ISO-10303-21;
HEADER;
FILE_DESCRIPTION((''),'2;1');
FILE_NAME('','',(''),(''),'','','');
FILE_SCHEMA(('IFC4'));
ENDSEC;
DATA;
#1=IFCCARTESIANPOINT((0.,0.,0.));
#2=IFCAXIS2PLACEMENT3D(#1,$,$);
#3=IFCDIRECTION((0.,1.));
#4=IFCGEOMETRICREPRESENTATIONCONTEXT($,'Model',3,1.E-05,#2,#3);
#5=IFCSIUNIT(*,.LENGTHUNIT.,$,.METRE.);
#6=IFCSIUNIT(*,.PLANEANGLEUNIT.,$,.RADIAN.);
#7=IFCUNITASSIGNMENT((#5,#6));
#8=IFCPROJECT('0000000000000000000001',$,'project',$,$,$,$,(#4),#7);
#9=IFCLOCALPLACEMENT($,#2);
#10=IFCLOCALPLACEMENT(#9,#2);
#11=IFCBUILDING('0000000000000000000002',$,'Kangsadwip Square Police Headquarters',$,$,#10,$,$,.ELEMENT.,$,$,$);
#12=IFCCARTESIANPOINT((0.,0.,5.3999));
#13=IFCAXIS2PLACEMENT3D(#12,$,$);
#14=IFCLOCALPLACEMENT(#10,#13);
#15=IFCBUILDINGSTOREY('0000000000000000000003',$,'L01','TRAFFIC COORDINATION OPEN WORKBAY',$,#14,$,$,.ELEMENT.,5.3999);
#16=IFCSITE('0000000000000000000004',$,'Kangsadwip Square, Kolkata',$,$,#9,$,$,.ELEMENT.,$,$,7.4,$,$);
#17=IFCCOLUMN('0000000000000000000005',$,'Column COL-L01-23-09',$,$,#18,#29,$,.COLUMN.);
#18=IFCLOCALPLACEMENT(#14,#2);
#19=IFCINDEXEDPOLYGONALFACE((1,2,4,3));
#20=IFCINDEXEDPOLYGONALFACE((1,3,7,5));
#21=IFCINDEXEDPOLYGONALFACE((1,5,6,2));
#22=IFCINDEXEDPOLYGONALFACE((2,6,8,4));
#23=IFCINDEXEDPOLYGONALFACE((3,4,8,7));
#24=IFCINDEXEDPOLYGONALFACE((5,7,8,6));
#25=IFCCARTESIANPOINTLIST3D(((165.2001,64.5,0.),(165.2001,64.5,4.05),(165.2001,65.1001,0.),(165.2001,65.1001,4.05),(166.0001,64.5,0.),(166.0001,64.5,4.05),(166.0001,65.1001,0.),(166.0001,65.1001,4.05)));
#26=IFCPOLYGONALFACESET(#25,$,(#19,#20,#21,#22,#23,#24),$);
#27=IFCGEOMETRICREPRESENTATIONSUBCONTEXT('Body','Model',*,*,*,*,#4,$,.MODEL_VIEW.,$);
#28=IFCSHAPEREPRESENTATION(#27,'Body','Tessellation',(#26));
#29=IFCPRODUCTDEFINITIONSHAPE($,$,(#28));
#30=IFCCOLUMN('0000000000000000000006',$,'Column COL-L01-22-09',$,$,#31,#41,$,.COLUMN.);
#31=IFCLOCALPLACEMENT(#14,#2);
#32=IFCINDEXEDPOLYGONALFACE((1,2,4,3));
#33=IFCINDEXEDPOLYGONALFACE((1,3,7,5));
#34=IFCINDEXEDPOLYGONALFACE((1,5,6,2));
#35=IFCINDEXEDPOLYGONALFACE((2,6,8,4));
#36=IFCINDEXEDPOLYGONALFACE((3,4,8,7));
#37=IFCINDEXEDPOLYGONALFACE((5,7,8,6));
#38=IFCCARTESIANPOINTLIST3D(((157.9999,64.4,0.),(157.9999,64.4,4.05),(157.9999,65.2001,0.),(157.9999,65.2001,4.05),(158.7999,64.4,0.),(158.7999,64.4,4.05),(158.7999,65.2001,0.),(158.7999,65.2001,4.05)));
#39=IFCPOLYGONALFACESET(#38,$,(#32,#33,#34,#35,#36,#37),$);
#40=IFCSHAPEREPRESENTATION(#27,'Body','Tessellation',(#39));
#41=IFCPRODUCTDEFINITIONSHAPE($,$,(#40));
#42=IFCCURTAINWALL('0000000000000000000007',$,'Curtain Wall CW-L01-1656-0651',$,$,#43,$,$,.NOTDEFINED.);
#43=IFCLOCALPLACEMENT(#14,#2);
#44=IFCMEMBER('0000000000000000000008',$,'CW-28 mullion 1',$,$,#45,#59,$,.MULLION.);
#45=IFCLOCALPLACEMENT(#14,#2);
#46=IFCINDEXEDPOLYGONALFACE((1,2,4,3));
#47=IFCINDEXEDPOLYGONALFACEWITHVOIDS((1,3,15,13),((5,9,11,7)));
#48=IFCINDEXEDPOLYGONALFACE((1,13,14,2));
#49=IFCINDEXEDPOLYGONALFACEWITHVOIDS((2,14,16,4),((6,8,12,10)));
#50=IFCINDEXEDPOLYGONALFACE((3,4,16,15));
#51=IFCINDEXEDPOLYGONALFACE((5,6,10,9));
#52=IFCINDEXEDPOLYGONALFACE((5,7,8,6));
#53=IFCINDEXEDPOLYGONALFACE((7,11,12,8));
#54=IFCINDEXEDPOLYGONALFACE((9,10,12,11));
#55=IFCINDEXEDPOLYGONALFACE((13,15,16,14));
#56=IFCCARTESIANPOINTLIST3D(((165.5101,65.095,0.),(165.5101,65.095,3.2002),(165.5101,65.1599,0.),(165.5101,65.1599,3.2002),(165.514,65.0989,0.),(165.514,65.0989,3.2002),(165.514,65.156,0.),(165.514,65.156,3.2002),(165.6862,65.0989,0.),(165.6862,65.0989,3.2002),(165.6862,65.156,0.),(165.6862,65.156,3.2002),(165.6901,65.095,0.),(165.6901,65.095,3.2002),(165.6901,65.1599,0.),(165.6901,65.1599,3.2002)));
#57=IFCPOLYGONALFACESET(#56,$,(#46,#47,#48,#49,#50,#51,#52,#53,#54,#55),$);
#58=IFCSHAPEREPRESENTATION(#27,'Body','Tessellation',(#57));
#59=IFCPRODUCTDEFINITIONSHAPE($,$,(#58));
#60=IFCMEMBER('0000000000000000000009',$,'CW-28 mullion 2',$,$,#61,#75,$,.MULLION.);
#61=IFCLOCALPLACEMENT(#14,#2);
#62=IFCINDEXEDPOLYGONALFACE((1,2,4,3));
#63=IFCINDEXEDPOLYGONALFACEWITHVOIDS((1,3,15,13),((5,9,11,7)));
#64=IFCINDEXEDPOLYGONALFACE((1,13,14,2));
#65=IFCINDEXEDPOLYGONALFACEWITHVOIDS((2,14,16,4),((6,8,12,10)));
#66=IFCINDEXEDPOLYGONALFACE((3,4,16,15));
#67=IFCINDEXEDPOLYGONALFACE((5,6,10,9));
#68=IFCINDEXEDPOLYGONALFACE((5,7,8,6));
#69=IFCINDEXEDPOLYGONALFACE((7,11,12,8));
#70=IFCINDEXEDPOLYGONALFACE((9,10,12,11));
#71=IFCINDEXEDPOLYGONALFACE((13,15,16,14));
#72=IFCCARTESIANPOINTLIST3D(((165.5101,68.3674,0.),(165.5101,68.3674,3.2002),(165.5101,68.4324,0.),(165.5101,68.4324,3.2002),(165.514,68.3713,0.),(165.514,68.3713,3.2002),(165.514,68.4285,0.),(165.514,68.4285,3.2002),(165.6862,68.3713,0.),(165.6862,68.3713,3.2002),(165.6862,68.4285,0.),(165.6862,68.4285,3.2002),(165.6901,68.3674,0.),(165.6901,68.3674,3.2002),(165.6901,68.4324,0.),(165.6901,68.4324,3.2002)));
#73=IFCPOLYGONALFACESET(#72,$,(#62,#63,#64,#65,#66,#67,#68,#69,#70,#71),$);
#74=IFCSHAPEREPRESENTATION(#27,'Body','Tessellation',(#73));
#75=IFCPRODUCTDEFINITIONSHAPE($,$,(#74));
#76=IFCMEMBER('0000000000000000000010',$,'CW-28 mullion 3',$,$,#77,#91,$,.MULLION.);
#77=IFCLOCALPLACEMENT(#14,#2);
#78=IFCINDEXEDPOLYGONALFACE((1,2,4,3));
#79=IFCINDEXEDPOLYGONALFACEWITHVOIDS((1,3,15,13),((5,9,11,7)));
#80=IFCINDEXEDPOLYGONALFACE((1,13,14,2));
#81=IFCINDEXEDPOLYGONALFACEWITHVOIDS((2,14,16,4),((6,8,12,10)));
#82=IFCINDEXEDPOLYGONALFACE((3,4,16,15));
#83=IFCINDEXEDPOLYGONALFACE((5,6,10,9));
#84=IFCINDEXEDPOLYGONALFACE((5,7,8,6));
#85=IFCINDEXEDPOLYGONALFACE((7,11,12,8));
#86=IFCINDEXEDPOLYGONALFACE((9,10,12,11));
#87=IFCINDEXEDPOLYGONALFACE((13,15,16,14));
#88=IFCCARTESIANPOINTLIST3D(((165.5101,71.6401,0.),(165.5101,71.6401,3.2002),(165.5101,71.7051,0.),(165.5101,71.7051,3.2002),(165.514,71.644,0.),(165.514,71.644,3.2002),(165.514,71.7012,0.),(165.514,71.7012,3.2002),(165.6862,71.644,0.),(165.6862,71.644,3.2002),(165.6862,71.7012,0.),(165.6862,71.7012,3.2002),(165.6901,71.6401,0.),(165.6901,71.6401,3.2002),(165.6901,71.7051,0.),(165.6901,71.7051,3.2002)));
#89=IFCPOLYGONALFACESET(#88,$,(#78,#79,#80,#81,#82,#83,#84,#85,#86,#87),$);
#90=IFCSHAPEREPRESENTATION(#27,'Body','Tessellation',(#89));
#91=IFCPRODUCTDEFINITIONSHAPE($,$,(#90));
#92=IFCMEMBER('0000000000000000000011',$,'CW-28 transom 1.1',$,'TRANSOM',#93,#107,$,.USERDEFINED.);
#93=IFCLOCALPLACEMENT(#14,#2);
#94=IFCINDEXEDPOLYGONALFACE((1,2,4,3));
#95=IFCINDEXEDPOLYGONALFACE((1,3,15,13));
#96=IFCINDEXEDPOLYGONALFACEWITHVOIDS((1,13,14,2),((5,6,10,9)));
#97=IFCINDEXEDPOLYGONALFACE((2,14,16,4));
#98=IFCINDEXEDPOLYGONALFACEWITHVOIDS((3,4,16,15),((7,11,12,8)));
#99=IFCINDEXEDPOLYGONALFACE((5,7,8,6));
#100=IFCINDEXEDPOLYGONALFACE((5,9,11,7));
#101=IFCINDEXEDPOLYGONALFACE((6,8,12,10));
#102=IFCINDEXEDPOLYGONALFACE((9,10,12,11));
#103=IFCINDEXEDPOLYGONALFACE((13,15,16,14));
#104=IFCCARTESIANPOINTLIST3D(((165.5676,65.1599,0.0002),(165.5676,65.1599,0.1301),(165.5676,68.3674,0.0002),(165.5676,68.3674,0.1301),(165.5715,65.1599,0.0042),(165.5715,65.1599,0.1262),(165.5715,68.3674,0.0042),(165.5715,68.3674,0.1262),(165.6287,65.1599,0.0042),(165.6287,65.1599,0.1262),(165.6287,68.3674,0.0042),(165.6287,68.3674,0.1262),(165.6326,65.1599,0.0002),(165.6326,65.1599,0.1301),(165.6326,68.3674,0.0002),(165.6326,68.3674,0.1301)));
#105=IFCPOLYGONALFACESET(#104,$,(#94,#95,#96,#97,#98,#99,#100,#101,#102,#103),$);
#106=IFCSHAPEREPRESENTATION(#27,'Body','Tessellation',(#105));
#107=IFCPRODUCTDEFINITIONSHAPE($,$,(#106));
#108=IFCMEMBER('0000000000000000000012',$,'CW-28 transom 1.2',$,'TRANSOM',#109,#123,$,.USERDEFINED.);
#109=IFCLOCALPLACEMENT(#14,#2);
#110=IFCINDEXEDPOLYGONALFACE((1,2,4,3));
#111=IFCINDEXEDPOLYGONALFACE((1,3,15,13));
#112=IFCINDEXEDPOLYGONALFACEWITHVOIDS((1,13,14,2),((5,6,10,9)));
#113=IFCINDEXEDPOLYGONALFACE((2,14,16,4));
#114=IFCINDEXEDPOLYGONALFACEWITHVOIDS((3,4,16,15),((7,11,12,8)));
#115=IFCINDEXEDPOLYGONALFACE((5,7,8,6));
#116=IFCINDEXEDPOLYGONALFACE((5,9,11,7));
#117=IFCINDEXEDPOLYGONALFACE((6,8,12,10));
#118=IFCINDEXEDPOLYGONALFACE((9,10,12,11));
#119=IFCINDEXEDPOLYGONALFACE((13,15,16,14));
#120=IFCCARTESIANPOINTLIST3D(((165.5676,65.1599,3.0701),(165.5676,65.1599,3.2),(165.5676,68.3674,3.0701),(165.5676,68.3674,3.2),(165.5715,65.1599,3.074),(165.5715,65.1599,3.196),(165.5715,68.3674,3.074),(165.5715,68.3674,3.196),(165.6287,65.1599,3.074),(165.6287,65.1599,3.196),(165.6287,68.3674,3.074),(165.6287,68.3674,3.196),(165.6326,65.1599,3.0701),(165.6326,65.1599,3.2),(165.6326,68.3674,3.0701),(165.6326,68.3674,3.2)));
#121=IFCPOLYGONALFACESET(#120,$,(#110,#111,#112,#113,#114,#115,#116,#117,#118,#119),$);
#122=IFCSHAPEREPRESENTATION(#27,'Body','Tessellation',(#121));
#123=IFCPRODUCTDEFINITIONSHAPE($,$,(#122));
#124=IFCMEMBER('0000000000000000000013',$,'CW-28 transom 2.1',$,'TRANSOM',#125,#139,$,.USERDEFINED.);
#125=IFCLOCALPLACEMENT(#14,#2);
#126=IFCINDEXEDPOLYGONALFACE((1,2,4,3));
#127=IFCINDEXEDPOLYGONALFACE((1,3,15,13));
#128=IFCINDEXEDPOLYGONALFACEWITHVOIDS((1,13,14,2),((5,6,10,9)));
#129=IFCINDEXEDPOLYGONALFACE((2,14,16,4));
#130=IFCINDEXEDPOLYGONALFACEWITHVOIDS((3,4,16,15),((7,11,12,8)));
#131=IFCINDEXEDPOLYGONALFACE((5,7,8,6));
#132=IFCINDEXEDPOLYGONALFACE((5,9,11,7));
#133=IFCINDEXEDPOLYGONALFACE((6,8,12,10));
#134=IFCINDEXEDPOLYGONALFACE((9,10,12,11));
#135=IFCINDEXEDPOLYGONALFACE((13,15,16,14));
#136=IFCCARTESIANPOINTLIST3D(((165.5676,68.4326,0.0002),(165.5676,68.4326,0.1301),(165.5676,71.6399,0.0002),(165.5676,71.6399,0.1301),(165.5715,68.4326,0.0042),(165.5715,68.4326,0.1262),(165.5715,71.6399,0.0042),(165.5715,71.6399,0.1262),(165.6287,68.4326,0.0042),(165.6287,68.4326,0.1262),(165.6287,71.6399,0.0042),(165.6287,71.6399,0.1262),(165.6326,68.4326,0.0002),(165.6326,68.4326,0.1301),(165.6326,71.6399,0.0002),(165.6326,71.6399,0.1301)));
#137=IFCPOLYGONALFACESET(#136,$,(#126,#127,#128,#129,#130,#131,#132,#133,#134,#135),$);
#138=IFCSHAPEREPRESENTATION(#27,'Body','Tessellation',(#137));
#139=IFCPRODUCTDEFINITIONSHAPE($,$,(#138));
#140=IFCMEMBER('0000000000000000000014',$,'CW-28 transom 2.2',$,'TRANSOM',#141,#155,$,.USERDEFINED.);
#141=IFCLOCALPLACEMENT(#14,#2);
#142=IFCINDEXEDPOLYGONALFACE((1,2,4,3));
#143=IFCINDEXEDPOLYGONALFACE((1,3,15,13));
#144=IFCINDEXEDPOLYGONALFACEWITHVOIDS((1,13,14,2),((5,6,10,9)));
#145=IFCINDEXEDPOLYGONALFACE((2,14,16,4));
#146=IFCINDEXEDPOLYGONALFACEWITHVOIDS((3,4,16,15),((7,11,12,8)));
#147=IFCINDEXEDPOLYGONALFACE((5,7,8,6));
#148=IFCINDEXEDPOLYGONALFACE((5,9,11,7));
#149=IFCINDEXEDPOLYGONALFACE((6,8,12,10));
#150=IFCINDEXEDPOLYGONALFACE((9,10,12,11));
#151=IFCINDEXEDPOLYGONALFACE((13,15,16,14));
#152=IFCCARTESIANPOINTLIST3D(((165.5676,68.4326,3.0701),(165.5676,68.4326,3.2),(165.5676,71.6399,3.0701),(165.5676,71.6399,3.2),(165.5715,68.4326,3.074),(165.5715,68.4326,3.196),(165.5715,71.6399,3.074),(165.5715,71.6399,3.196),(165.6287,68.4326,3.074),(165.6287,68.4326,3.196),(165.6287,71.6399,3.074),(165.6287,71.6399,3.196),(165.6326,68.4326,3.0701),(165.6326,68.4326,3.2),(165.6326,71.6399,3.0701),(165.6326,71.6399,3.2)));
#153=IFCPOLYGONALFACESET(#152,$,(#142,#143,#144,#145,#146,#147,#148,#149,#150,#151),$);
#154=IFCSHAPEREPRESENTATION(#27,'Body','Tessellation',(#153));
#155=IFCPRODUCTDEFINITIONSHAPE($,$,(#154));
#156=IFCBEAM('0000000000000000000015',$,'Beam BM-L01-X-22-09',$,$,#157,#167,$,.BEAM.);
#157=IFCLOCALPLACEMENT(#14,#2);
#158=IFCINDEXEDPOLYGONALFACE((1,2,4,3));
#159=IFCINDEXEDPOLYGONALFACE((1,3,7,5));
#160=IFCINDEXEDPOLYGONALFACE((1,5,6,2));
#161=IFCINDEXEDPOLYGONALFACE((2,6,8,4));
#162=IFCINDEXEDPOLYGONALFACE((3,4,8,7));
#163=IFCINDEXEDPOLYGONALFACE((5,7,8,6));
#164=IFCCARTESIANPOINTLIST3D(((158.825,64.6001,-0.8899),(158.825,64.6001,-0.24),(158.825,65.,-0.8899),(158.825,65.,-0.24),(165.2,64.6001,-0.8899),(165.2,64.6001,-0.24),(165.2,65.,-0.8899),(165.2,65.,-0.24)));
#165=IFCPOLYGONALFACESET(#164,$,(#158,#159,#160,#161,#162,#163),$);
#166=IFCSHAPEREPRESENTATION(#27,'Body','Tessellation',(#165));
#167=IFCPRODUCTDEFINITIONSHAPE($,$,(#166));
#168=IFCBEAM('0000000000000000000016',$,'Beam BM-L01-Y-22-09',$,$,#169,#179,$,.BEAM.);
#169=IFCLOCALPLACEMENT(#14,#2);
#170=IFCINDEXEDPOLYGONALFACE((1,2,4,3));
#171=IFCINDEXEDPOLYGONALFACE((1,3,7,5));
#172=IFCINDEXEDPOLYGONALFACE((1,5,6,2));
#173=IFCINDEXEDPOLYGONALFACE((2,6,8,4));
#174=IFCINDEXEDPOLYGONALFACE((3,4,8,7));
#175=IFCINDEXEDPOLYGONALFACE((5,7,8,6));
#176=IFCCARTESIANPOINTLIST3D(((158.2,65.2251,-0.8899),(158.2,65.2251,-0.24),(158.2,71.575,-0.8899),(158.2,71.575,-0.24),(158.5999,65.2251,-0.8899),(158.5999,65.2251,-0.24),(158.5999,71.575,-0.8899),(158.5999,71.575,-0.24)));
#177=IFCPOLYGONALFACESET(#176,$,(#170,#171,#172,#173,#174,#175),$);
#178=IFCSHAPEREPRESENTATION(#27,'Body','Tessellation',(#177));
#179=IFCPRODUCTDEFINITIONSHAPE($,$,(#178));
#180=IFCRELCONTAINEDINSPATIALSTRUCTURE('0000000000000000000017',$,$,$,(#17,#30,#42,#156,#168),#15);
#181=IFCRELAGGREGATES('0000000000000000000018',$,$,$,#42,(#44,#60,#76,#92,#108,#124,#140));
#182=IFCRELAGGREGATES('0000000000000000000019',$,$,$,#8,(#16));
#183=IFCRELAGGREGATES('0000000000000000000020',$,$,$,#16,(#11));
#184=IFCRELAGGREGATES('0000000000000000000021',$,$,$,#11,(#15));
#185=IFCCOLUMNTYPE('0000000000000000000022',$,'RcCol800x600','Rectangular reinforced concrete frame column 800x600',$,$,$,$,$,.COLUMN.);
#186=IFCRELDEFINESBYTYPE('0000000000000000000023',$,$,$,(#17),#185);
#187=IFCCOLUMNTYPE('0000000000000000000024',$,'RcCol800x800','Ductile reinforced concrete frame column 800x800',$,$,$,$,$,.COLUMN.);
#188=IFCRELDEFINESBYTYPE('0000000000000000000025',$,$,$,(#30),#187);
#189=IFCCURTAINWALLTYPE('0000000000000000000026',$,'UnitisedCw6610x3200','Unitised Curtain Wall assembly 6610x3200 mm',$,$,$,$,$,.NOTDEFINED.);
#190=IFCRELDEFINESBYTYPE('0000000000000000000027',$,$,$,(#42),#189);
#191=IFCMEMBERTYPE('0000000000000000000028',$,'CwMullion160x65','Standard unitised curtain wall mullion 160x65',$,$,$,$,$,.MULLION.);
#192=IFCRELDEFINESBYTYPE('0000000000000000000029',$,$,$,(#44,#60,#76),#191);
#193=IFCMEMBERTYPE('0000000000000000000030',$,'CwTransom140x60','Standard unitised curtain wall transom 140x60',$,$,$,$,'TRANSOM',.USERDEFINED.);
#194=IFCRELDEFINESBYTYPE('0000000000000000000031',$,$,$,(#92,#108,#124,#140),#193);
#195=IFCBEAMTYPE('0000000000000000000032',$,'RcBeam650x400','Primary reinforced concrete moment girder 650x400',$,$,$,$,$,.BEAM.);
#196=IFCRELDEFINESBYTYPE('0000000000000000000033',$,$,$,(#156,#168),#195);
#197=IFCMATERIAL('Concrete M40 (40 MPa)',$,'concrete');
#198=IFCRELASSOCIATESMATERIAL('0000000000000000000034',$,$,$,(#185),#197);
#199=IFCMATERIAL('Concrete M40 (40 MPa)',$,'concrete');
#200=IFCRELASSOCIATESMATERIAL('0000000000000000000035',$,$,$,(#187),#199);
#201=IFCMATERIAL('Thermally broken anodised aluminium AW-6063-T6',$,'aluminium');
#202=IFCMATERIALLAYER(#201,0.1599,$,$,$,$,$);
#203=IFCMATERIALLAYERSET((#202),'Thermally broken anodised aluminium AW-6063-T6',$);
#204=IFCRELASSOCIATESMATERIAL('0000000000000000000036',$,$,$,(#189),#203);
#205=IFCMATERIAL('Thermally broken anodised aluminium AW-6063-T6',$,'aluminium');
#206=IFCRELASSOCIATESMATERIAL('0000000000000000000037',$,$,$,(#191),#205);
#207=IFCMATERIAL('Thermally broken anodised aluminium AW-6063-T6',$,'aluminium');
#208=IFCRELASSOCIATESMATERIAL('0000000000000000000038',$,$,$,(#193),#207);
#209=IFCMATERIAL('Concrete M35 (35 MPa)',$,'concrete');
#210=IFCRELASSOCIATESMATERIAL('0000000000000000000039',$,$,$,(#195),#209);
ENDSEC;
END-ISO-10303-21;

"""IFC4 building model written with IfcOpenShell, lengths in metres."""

from ifc_helpers import new_model, si_unit, direction, frame, origin, origin_2d, place, context, subcontext, project, spatial, rectangle, hollow_rectangle, extrude, material, layer, layer_set, material_profile, profile_set, type_object, element, aggregate, save


model = new_model("IFC4")

# Units and contexts
model_context = context("Model", 3, precision=1e-05, world=origin(), true_north=direction((0.0, 1.0)))
body_context = subcontext(model_context, "Body", "Model", "MODEL_VIEW")
ifc_project = project(units=[si_unit("LENGTHUNIT", "METRE"), si_unit("PLANEANGLEUNIT", "RADIAN")], contexts=[model_context])

# Site, building, storey
site_placement = place(None, origin())
site = spatial("IfcSite", under=ifc_project, at=site_placement, Name="Kangsadwip Square, Kolkata", CompositionType="ELEMENT", RefElevation=7.4)
building_placement = place(site_placement, origin())
building = spatial("IfcBuilding", under=site, at=building_placement, Name="Kangsadwip Square Police Headquarters", CompositionType="ELEMENT")
storey_placement = place(building_placement, frame((0.0, 0.0, 5.3999)))
storey = spatial("IfcBuildingStorey", under=building, at=storey_placement, Name="L01", Description="TRAFFIC COORDINATION OPEN WORKBAY", CompositionType="ELEMENT", Elevation=5.3999)

# Columns
ifc_material_1 = material(Name="Concrete M40 (40 MPa)", Category="concrete")
ifc_material_profile_1 = material_profile(ifc_material_1, rectangle(XDim=0.6001, YDim=0.8, at=origin_2d()), Name="RC COL 800X600")
ifc_profile_set_1 = profile_set([ifc_material_profile_1], Name="Concrete M40 (40 MPa)")
column_type_1 = type_object("IfcColumnType", Name="RcCol800x600", Description="Rectangular reinforced concrete frame column 800x600", PredefinedType="COLUMN", material=ifc_profile_set_1)
column_1_placement = place(storey_placement, frame((165.6001, 64.8, 0.0), z_axis=(0.0, 0.0, 1.0), x_axis=(0.0, 1.0, 0.0)))
element("IfcColumn", 1, at=column_1_placement, inside=storey, type_object=column_type_1, Name="Column COL-L01-23-09", PredefinedType="COLUMN", context=body_context, shape_type="SweptSolid", body=[
    extrude(rectangle(XDim=0.6001, YDim=0.8, at=origin_2d()), origin(), (0.0, 0.0, 1.0), 4.05),
])
ifc_material_2 = material(Name="Concrete M40 (40 MPa)", Category="concrete")
ifc_material_profile_2 = material_profile(ifc_material_2, rectangle(XDim=0.8, YDim=0.8, at=origin_2d()), Name="RC COL 800X800")
ifc_profile_set_2 = profile_set([ifc_material_profile_2], Name="Concrete M40 (40 MPa)")
column_type_2 = type_object("IfcColumnType", Name="RcCol800x800", Description="Ductile reinforced concrete frame column 800x800", PredefinedType="COLUMN", material=ifc_profile_set_2)
column_2_placement = place(storey_placement, frame((158.3999, 64.8, 0.0), z_axis=(0.0, 0.0, 1.0), x_axis=(1.0, 0.0, 0.0)))
element("IfcColumn", 2, at=column_2_placement, inside=storey, type_object=column_type_2, Name="Column COL-L01-22-09", PredefinedType="COLUMN", context=body_context, shape_type="SweptSolid", body=[
    extrude(rectangle(XDim=0.8, YDim=0.8, at=origin_2d()), origin(), (0.0, 0.0, 1.0), 4.05),
])

# Curtain wall, members
ifc_material_3 = material(Name="Thermally broken anodised aluminium AW-6063-T6", Category="aluminium")
ifc_layer_1 = layer(ifc_material_3, 0.1599)
ifc_layer_set_1 = layer_set([ifc_layer_1], Name="Thermally broken anodised aluminium AW-6063-T6")
curtain_wall_type = type_object("IfcCurtainWallType", Name="UnitisedCw6610x3200", Description="Unitised Curtain Wall assembly 6610x3200 mm", PredefinedType="NOTDEFINED", material=ifc_layer_set_1)
curtain_wall_placement = place(storey_placement, origin())
curtain_wall = element("IfcCurtainWall", 3, at=curtain_wall_placement, inside=storey, type_object=curtain_wall_type, Name="Curtain Wall CW-L01-1656-0651", PredefinedType="NOTDEFINED")
ifc_material_4 = material(Name="Thermally broken anodised aluminium AW-6063-T6", Category="aluminium")
ifc_material_profile_3 = material_profile(ifc_material_4, hollow_rectangle(XDim=0.0649, YDim=0.1799, WallThickness=0.0039, at=origin_2d()), Name="CWM 180X65X4")
ifc_profile_set_3 = profile_set([ifc_material_profile_3], Name="Thermally broken anodised aluminium AW-6063-T6")
member_type_1 = type_object("IfcMemberType", Name="CwMullion160x65", Description="Standard unitised curtain wall mullion 160x65", PredefinedType="MULLION", material=ifc_profile_set_3)
member_1_placement = place(storey_placement, frame((165.6001, 65.1274, 0.0), z_axis=(0.0, 0.0, 1.0), x_axis=(0.0, 1.0, 0.0)))
member_1 = element("IfcMember", 4, at=member_1_placement, type_object=member_type_1, Name="CW-28 mullion 1", PredefinedType="MULLION", context=body_context, shape_type="SweptSolid", body=[
    extrude(hollow_rectangle(XDim=0.0649, YDim=0.1799, WallThickness=0.0039, at=origin_2d()), origin(), (0.0, 0.0, 1.0), 3.2002),
])
member_2_placement = place(storey_placement, frame((165.6001, 68.3999, 0.0), z_axis=(0.0, 0.0, 1.0), x_axis=(0.0, 1.0, 0.0)))
member_2 = element("IfcMember", 5, at=member_2_placement, type_object=member_type_1, Name="CW-28 mullion 2", PredefinedType="MULLION", context=body_context, shape_type="SweptSolid", body=[
    extrude(hollow_rectangle(XDim=0.0649, YDim=0.1799, WallThickness=0.0039, at=origin_2d()), origin(), (0.0, 0.0, 1.0), 3.2002),
])
member_3_placement = place(storey_placement, frame((165.6001, 71.6726, 0.0), z_axis=(0.0, 0.0, 1.0), x_axis=(0.0, 1.0, 0.0)))
member_3 = element("IfcMember", 6, at=member_3_placement, type_object=member_type_1, Name="CW-28 mullion 3", PredefinedType="MULLION", context=body_context, shape_type="SweptSolid", body=[
    extrude(hollow_rectangle(XDim=0.0649, YDim=0.1799, WallThickness=0.0039, at=origin_2d()), origin(), (0.0, 0.0, 1.0), 3.2002),
])
ifc_material_5 = material(Name="Thermally broken anodised aluminium AW-6063-T6", Category="aluminium")
ifc_material_profile_4 = material_profile(ifc_material_5, hollow_rectangle(XDim=0.0649, YDim=0.1299, WallThickness=0.0039, at=origin_2d()), Name="CWT 130X65X4")
ifc_profile_set_4 = profile_set([ifc_material_profile_4], Name="Thermally broken anodised aluminium AW-6063-T6")
member_type_2 = type_object("IfcMemberType", Name="CwTransom140x60", Description="Standard unitised curtain wall transom 140x60", ElementType="TRANSOM", PredefinedType="USERDEFINED", material=ifc_profile_set_4)
member_4_placement = place(storey_placement, frame((165.6001, 65.1599, 0.0652), z_axis=(0.0, 1.0, 0.0), x_axis=(-1.0, 0.0, 0.0)))
member_4 = element("IfcMember", 7, at=member_4_placement, type_object=member_type_2, Name="CW-28 transom 1.1", ObjectType="TRANSOM", PredefinedType="USERDEFINED", context=body_context, shape_type="SweptSolid", body=[
    extrude(hollow_rectangle(XDim=0.0649, YDim=0.1299, WallThickness=0.0039, at=origin_2d()), origin(), (0.0, 0.0, 1.0), 3.2075),
])
member_5_placement = place(storey_placement, frame((165.6001, 65.1599, 3.135), z_axis=(0.0, 1.0, 0.0), x_axis=(-1.0, 0.0, 0.0)))
member_5 = element("IfcMember", 8, at=member_5_placement, type_object=member_type_2, Name="CW-28 transom 1.2", ObjectType="TRANSOM", PredefinedType="USERDEFINED", context=body_context, shape_type="SweptSolid", body=[
    extrude(hollow_rectangle(XDim=0.0649, YDim=0.1299, WallThickness=0.0039, at=origin_2d()), origin(), (0.0, 0.0, 1.0), 3.2075),
])
member_6_placement = place(storey_placement, frame((165.6001, 68.4326, 0.0652), z_axis=(0.0, 1.0, 0.0), x_axis=(-1.0, 0.0, 0.0)))
member_6 = element("IfcMember", 9, at=member_6_placement, type_object=member_type_2, Name="CW-28 transom 2.1", ObjectType="TRANSOM", PredefinedType="USERDEFINED", context=body_context, shape_type="SweptSolid", body=[
    extrude(hollow_rectangle(XDim=0.0649, YDim=0.1299, WallThickness=0.0039, at=origin_2d()), origin(), (0.0, 0.0, 1.0), 3.2073),
])
member_7_placement = place(storey_placement, frame((165.6001, 68.4326, 3.135), z_axis=(0.0, 1.0, 0.0), x_axis=(-1.0, 0.0, 0.0)))
member_7 = element("IfcMember", 10, at=member_7_placement, type_object=member_type_2, Name="CW-28 transom 2.2", ObjectType="TRANSOM", PredefinedType="USERDEFINED", context=body_context, shape_type="SweptSolid", body=[
    extrude(hollow_rectangle(XDim=0.0649, YDim=0.1299, WallThickness=0.0039, at=origin_2d()), origin(), (0.0, 0.0, 1.0), 3.2073),
])

# Beams
ifc_material_6 = material(Name="Concrete M35 (35 MPa)", Category="concrete")
ifc_material_profile_5 = material_profile(ifc_material_6, rectangle(XDim=0.3999, YDim=0.6499, at=origin_2d()), Name="RC BM 650X400")
ifc_profile_set_5 = profile_set([ifc_material_profile_5], Name="Concrete M35 (35 MPa)")
beam_type_1 = type_object("IfcBeamType", Name="RcBeam650x400", Description="Primary reinforced concrete moment girder 650x400", PredefinedType="BEAM", material=ifc_profile_set_5)
beam_1_placement = place(storey_placement, frame((158.825, 64.8, -0.5649), z_axis=(1.0, 0.0, 0.0), x_axis=(0.0, 1.0, 0.0)))
element("IfcBeam", 11, at=beam_1_placement, inside=storey, type_object=beam_type_1, Name="Beam BM-L01-X-22-09", PredefinedType="BEAM", context=body_context, shape_type="SweptSolid", body=[
    extrude(rectangle(XDim=0.3999, YDim=0.6499, at=origin_2d()), origin(), (0.0, 0.0, 1.0), 6.375),
])
beam_2_placement = place(storey_placement, frame((158.3999, 65.2251, -0.5649), z_axis=(0.0, 1.0, 0.0), x_axis=(-1.0, 0.0, 0.0)))
element("IfcBeam", 12, at=beam_2_placement, inside=storey, type_object=beam_type_1, Name="Beam BM-L01-Y-22-09", PredefinedType="BEAM", context=body_context, shape_type="SweptSolid", body=[
    extrude(rectangle(XDim=0.3999, YDim=0.6499, at=origin_2d()), origin(), (0.0, 0.0, 1.0), 6.3499),
])

aggregate(curtain_wall, [member_1, member_2, member_3, member_4, member_5, member_6, member_7])

save(model, "model.ifc")
